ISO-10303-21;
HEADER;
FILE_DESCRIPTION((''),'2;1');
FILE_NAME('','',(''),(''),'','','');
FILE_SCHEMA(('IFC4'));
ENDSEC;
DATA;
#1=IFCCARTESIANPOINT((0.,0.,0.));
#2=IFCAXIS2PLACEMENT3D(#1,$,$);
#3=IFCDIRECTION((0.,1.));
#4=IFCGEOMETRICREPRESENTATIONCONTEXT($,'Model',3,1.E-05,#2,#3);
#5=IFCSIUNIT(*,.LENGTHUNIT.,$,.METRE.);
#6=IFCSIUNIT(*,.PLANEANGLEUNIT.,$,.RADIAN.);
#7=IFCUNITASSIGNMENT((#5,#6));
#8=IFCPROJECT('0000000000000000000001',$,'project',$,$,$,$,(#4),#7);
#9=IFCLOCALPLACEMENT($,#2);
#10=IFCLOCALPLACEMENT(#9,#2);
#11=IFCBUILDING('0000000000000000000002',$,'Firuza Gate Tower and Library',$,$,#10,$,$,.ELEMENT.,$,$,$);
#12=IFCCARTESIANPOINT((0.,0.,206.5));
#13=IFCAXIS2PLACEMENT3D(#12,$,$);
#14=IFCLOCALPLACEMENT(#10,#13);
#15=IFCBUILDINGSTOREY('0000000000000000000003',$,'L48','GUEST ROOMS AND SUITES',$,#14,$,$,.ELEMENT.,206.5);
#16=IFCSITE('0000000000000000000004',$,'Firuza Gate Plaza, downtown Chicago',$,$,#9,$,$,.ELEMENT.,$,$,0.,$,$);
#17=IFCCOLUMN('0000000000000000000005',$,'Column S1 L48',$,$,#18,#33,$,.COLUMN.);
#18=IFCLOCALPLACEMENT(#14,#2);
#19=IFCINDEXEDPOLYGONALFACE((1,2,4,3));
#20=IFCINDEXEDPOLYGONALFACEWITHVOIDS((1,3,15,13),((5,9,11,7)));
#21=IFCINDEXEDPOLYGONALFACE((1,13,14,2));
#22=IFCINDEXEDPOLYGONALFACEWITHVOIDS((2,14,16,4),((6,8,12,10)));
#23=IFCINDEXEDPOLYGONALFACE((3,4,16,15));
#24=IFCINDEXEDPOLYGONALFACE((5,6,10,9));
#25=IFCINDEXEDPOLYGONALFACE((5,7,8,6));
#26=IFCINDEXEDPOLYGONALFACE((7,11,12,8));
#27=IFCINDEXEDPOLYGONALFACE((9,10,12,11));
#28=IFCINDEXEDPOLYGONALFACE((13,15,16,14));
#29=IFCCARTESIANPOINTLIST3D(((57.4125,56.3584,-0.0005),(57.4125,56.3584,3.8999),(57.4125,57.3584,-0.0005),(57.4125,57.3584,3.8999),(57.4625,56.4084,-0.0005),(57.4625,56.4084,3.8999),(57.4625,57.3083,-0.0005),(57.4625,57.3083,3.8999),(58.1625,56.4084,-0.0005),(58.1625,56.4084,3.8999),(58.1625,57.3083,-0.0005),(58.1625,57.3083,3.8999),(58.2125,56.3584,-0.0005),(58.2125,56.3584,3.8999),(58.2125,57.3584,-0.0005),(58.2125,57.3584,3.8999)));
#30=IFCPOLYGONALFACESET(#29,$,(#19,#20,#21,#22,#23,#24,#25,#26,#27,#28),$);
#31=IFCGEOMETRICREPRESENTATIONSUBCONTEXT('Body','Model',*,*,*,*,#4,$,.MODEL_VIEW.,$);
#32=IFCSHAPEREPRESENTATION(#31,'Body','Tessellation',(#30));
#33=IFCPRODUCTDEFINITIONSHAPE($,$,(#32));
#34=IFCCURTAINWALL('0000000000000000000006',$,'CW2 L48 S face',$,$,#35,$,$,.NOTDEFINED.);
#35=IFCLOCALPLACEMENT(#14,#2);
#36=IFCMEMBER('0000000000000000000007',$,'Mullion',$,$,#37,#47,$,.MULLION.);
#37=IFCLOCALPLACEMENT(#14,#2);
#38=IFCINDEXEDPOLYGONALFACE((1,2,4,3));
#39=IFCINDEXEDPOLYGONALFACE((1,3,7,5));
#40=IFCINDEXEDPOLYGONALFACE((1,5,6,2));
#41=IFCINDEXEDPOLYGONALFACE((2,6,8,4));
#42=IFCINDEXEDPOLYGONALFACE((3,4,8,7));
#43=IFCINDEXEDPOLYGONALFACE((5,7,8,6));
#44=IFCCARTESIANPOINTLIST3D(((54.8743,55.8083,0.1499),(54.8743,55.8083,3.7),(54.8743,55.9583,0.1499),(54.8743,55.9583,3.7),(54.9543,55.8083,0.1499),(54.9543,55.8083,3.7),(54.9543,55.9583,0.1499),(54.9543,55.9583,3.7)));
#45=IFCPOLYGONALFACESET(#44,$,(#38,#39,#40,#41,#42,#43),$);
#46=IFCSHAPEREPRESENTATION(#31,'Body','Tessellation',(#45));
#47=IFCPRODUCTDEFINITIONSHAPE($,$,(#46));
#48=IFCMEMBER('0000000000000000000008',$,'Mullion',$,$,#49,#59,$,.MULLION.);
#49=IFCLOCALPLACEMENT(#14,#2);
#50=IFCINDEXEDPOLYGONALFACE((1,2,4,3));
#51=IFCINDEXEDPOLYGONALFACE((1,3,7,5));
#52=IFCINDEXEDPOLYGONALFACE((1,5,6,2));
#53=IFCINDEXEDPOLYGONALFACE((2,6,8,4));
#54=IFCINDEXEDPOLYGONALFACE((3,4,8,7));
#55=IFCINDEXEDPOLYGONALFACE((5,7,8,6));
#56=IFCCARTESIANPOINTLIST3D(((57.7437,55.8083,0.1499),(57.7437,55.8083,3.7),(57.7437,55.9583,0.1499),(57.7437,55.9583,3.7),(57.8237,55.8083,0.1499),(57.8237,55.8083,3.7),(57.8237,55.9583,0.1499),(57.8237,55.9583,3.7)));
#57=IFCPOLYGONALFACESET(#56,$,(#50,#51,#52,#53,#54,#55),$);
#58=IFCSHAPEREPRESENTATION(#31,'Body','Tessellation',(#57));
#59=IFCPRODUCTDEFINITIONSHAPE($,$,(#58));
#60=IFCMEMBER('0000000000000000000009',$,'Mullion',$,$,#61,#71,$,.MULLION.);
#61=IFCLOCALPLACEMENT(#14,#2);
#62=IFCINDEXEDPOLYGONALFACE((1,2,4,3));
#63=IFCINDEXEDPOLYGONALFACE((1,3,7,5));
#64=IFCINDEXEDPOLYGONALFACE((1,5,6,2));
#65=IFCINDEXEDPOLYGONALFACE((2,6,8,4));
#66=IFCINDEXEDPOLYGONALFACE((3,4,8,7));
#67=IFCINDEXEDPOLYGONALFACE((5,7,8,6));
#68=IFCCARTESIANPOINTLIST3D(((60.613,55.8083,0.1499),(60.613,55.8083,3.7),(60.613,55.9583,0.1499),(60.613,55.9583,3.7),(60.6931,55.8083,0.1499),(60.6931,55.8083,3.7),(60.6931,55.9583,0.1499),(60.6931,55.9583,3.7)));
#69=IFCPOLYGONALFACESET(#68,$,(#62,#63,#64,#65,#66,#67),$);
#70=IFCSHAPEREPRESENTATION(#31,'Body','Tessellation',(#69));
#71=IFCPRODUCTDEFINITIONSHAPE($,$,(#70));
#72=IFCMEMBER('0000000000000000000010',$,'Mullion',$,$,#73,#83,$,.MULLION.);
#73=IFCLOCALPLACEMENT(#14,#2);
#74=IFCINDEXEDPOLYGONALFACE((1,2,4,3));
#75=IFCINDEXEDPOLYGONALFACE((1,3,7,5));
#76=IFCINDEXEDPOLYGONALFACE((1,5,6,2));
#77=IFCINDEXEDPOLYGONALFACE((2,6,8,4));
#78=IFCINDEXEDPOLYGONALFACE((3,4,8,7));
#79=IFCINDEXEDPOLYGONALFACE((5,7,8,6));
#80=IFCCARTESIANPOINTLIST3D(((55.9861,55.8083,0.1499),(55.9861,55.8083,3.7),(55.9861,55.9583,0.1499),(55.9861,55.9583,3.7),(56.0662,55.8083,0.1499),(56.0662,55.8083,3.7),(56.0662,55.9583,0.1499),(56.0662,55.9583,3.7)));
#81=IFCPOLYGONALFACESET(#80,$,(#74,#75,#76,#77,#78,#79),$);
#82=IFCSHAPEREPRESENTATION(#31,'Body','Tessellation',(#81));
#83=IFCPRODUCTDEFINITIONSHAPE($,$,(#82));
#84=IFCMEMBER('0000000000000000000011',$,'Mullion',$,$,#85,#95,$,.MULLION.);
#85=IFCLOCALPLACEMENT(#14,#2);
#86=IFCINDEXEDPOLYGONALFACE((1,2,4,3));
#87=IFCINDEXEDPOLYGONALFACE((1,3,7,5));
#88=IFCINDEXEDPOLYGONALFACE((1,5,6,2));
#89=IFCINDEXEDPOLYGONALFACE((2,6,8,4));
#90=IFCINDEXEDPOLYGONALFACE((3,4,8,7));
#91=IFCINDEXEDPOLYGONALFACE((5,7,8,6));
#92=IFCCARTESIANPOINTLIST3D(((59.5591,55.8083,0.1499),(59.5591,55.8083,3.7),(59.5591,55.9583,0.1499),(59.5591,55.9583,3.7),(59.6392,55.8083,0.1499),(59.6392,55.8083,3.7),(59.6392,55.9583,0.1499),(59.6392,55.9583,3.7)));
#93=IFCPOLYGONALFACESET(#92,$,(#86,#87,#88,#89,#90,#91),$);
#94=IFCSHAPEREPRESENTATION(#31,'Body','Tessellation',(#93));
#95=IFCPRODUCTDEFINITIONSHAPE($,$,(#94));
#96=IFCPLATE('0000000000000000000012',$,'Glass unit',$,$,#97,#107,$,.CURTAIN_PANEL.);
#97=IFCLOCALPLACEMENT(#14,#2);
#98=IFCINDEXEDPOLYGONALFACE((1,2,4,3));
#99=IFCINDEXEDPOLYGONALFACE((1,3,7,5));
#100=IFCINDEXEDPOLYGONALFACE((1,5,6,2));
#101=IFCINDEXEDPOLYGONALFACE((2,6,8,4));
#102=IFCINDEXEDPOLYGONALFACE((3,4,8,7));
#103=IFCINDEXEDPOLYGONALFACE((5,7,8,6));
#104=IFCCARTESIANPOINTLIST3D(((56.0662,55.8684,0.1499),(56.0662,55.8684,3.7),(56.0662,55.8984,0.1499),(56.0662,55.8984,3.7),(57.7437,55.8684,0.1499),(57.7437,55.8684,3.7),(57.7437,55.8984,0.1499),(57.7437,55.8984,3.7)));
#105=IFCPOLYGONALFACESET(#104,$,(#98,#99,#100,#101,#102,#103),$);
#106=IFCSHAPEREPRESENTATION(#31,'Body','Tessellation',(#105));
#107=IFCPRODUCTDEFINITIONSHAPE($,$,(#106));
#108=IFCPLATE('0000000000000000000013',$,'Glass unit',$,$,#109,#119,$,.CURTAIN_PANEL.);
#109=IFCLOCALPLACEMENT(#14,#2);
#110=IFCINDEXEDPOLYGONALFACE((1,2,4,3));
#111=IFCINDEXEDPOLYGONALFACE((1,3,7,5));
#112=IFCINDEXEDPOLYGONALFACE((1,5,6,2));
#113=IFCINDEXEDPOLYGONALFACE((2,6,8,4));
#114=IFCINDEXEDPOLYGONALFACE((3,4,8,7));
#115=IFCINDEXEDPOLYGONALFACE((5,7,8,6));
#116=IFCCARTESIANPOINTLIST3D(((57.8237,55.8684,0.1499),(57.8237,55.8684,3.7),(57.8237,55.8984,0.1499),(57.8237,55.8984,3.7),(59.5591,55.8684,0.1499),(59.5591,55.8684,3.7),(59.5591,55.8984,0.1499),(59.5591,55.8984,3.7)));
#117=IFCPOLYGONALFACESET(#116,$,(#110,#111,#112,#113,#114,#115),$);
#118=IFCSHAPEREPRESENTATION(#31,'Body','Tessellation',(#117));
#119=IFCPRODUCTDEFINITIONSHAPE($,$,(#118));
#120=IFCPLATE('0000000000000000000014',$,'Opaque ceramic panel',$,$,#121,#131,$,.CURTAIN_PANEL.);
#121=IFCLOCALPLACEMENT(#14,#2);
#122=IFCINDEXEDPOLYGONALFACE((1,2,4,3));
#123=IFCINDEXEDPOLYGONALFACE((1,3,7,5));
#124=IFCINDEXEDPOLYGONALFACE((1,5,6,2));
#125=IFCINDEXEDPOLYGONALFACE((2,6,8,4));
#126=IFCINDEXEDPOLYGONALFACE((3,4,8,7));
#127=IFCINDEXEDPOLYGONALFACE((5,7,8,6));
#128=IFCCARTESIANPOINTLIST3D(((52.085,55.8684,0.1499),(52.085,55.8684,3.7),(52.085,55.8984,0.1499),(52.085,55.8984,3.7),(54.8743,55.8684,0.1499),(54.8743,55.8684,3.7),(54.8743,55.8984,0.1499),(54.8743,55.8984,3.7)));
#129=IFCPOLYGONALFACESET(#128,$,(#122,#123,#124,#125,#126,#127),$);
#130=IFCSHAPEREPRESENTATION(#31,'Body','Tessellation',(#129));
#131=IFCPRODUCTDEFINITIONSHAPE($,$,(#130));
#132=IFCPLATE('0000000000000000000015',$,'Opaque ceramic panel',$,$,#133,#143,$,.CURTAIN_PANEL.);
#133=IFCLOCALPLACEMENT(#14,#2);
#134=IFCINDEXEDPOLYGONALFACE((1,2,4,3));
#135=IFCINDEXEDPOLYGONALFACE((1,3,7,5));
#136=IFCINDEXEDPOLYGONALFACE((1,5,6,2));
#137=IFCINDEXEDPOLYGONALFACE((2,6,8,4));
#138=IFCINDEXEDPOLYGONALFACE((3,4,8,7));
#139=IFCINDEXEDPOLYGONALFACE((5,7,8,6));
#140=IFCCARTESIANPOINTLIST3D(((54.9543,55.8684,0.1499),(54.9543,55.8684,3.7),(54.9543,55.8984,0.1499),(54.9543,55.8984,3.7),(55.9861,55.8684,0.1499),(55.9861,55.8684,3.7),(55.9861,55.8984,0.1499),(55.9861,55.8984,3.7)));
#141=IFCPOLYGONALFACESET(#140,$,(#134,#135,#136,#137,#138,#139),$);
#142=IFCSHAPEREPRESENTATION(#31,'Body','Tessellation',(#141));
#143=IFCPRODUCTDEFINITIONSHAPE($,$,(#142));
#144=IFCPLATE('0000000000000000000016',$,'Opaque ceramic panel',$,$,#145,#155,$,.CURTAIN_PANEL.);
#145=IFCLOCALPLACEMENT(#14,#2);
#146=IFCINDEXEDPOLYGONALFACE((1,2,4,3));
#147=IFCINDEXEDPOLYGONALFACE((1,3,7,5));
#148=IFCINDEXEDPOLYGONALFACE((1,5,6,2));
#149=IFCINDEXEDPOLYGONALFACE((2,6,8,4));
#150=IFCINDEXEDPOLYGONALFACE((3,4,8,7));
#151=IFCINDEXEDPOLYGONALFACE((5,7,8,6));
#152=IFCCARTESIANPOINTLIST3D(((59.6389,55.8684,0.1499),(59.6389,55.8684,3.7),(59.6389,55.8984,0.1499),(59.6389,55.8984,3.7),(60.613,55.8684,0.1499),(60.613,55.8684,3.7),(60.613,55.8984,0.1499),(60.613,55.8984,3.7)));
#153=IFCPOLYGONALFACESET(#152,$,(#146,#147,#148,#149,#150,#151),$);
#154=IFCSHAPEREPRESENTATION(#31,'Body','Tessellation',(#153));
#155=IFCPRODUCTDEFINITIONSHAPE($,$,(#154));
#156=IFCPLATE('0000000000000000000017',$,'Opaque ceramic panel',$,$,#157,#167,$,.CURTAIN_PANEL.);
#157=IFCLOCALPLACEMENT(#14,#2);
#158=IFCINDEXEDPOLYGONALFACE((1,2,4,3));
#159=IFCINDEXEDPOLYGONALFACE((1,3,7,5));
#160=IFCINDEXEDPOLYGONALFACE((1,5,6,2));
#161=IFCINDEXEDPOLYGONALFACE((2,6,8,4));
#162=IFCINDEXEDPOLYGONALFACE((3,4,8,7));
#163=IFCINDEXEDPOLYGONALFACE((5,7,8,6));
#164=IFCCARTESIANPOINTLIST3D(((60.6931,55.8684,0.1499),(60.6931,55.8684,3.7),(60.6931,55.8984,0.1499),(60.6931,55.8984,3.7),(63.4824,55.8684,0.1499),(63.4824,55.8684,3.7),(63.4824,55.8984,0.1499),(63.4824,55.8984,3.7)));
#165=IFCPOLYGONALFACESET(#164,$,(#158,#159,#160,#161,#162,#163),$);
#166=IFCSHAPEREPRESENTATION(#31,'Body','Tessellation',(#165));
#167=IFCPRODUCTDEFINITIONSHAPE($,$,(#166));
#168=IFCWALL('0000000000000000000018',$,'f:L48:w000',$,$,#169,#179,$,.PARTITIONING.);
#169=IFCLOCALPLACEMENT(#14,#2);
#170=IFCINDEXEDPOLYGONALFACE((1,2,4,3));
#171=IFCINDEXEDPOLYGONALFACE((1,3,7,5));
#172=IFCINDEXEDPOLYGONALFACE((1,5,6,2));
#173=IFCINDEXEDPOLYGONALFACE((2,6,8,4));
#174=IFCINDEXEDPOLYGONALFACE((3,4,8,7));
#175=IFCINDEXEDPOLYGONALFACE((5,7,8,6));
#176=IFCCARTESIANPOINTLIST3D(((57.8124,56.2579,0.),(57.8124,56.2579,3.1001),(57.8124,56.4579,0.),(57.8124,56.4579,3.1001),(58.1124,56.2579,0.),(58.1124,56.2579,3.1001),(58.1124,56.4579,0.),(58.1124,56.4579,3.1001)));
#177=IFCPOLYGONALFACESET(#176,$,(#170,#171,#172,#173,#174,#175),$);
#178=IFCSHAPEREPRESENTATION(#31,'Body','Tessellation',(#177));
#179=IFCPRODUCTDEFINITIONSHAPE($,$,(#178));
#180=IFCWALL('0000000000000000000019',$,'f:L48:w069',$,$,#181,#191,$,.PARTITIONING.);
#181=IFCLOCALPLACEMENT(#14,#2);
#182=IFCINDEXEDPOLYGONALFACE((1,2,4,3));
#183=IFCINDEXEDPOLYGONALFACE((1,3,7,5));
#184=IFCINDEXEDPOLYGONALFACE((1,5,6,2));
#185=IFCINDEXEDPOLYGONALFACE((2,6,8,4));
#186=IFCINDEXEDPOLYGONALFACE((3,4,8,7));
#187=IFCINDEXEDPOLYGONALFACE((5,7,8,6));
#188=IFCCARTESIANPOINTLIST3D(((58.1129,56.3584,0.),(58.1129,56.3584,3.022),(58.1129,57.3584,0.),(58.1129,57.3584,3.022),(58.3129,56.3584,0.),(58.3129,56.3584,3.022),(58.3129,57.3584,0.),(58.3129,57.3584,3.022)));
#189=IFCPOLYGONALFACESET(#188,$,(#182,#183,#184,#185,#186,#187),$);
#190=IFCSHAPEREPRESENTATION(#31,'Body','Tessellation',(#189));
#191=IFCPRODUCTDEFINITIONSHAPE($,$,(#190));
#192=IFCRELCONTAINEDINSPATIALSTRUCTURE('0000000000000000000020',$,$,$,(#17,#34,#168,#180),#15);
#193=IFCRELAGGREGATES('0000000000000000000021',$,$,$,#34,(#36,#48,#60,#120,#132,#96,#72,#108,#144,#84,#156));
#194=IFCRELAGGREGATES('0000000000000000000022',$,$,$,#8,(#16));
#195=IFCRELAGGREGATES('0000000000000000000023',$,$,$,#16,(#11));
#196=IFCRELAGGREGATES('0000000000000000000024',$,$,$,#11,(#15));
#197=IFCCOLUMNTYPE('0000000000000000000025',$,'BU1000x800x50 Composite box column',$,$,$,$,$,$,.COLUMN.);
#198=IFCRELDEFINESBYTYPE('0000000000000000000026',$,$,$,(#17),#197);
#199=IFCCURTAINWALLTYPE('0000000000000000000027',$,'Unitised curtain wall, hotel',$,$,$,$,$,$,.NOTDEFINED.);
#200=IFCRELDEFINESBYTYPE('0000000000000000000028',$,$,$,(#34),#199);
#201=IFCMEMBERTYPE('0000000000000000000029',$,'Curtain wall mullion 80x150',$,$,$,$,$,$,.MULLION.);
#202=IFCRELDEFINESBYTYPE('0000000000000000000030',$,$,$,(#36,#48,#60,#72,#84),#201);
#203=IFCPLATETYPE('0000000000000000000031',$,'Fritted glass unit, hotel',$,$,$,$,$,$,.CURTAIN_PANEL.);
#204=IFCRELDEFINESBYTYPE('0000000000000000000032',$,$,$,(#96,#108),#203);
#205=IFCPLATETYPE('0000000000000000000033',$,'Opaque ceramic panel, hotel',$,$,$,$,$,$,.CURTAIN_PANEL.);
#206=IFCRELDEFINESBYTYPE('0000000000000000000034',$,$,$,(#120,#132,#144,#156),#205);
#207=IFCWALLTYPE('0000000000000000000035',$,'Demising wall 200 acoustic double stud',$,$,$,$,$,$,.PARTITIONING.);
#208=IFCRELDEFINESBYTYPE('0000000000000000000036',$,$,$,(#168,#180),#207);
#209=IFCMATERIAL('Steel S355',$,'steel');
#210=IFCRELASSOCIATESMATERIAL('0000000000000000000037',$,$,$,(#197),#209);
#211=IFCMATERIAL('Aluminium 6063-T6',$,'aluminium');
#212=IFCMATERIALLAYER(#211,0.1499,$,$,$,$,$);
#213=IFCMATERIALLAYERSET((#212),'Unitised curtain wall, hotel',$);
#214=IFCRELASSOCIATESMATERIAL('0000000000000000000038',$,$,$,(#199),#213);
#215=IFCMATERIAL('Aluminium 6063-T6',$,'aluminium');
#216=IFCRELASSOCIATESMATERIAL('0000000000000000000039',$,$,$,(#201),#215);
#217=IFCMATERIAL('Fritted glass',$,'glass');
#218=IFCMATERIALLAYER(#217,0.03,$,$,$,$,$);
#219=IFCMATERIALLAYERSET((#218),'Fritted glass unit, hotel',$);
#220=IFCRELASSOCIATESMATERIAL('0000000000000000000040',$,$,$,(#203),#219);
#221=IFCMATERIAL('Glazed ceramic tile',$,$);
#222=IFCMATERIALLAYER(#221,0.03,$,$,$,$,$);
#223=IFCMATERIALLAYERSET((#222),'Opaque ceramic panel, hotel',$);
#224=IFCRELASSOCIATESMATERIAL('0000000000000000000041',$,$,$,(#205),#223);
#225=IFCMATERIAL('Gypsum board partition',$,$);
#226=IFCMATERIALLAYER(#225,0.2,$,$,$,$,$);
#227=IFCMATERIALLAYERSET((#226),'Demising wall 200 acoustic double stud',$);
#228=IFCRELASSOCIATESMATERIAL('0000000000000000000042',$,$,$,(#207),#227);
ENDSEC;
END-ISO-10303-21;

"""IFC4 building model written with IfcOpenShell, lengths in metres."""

from ifc_helpers import new_model, si_unit, direction, frame, frame_2d, origin, origin_2d, place, context, subcontext, project, spatial, polyline, rectangle, hollow_rectangle, outline, extrude, material, layer, layer_set, material_profile, profile_set, type_object, element, aggregate, save


model = new_model("IFC4")

# Units and contexts
model_context = context("Model", 3, precision=1e-05, world=origin(), true_north=direction((0.0, 1.0)))
body_context = subcontext(model_context, "Body", "Model", "MODEL_VIEW")
ifc_project = project(units=[si_unit("LENGTHUNIT", "METRE"), si_unit("PLANEANGLEUNIT", "RADIAN")], contexts=[model_context])

# Site, building, storey
site_placement = place(None, origin())
site = spatial("IfcSite", under=ifc_project, at=site_placement, Name="Firuza Gate Plaza, downtown Chicago", CompositionType="ELEMENT", RefElevation=0.0)
building_placement = place(site_placement, origin())
building = spatial("IfcBuilding", under=site, at=building_placement, Name="Firuza Gate Tower and Library", CompositionType="ELEMENT")
storey_placement = place(building_placement, frame((0.0, 0.0, 206.5)))
storey = spatial("IfcBuildingStorey", under=building, at=storey_placement, Name="L48", Description="GUEST ROOMS AND SUITES", CompositionType="ELEMENT", Elevation=206.5)

# Column
ifc_material_1 = material(Name="Steel S355", Category="steel")
ifc_material_profile_1 = material_profile(ifc_material_1, hollow_rectangle(XDim=0.8, YDim=1.0, WallThickness=0.05, at=origin_2d()))
ifc_profile_set_1 = profile_set([ifc_material_profile_1], Name="Steel S355")
column_type = type_object("IfcColumnType", Name="BU1000x800x50 Composite box column", PredefinedType="COLUMN", material=ifc_profile_set_1)
column_placement = place(storey_placement, frame((57.8125, 56.8584, -0.0005), z_axis=(0.0, 0.0, 1.0), x_axis=(1.0, 0.0, 0.0)))
element("IfcColumn", 1, at=column_placement, inside=storey, type_object=column_type, Name="Column S1 L48", PredefinedType="COLUMN", context=body_context, shape_type="SweptSolid", body=[
    extrude(hollow_rectangle(XDim=0.8, YDim=1.0, WallThickness=0.05, at=origin_2d()), origin(), (0.0, 0.0, 1.0), 3.9004),
])

# Curtain wall, members, plates
ifc_material_2 = material(Name="Aluminium 6063-T6", Category="aluminium")
ifc_layer_1 = layer(ifc_material_2, 0.1499)
ifc_layer_set_1 = layer_set([ifc_layer_1], Name="Unitised curtain wall, hotel")
curtain_wall_type = type_object("IfcCurtainWallType", Name="Unitised curtain wall, hotel", PredefinedType="NOTDEFINED", material=ifc_layer_set_1)
curtain_wall_placement = place(storey_placement, origin())
curtain_wall = element("IfcCurtainWall", 2, at=curtain_wall_placement, inside=storey, type_object=curtain_wall_type, Name="CW2 L48 S face", PredefinedType="NOTDEFINED")
ifc_material_3 = material(Name="Aluminium 6063-T6", Category="aluminium")
ifc_material_profile_2 = material_profile(ifc_material_3, rectangle(XDim=0.1499, YDim=0.0801, at=origin_2d()))
ifc_profile_set_2 = profile_set([ifc_material_profile_2], Name="Aluminium 6063-T6")
member_type = type_object("IfcMemberType", Name="Curtain wall mullion 80x150", PredefinedType="MULLION", material=ifc_profile_set_2)
member_1_placement = place(storey_placement, frame((54.9143, 55.8833, 0.1499), z_axis=(0.0, 0.0, 1.0), x_axis=(0.0, 1.0, 0.0)))
member_1 = element("IfcMember", 3, at=member_1_placement, type_object=member_type, Name="Mullion", PredefinedType="MULLION", context=body_context, shape_type="SweptSolid", body=[
    extrude(rectangle(XDim=0.1499, YDim=0.0801, at=origin_2d()), origin(), (0.0, 0.0, 1.0), 3.55),
])
member_2_placement = place(storey_placement, frame((57.7837, 55.8833, 0.1499), z_axis=(0.0, 0.0, 1.0), x_axis=(0.0, 1.0, 0.0)))
member_2 = element("IfcMember", 4, at=member_2_placement, type_object=member_type, Name="Mullion", PredefinedType="MULLION", context=body_context, shape_type="SweptSolid", body=[
    extrude(rectangle(XDim=0.1499, YDim=0.0801, at=origin_2d()), origin(), (0.0, 0.0, 1.0), 3.55),
])
member_3_placement = place(storey_placement, frame((60.6531, 55.8833, 0.1499), z_axis=(0.0, 0.0, 1.0), x_axis=(0.0, 1.0, 0.0)))
member_3 = element("IfcMember", 5, at=member_3_placement, type_object=member_type, Name="Mullion", PredefinedType="MULLION", context=body_context, shape_type="SweptSolid", body=[
    extrude(rectangle(XDim=0.1499, YDim=0.0801, at=origin_2d()), origin(), (0.0, 0.0, 1.0), 3.55),
])
member_4_placement = place(storey_placement, frame((56.0261, 55.8833, 0.1499), z_axis=(0.0, 0.0, 1.0), x_axis=(0.0, 1.0, 0.0)))
member_4 = element("IfcMember", 6, at=member_4_placement, type_object=member_type, Name="Mullion", PredefinedType="MULLION", context=body_context, shape_type="SweptSolid", body=[
    extrude(rectangle(XDim=0.1499, YDim=0.0801, at=origin_2d()), origin(), (0.0, 0.0, 1.0), 3.55),
])
member_5_placement = place(storey_placement, frame((59.5991, 55.8833, 0.1499), z_axis=(0.0, 0.0, 1.0), x_axis=(0.0, 1.0, 0.0)))
member_5 = element("IfcMember", 7, at=member_5_placement, type_object=member_type, Name="Mullion", PredefinedType="MULLION", context=body_context, shape_type="SweptSolid", body=[
    extrude(rectangle(XDim=0.1499, YDim=0.0801, at=origin_2d()), origin(), (0.0, 0.0, 1.0), 3.55),
])
ifc_material_4 = material(Name="Fritted glass", Category="glass")
ifc_layer_2 = layer(ifc_material_4, 0.03)
ifc_layer_set_2 = layer_set([ifc_layer_2], Name="Fritted glass unit, hotel")
plate_type_1 = type_object("IfcPlateType", Name="Fritted glass unit, hotel", PredefinedType="CURTAIN_PANEL", material=ifc_layer_set_2)
plate_1_placement = place(storey_placement, frame((56.0662, 55.8684, 0.1499), z_axis=(0.0, -1.0, 0.0), x_axis=(1.0, 0.0, 0.0)))
plate_1 = element("IfcPlate", 8, at=plate_1_placement, type_object=plate_type_1, Name="Glass unit", PredefinedType="CURTAIN_PANEL", context=body_context, shape_type="SweptSolid", body=[
    extrude(outline(polyline([(0.0, 0.0), (1.6775, 0.0), (1.6775, 3.55), (0.0, 3.55), (0.0, 0.0)])), origin(), (0.0, 0.0, -1.0), 0.03),
])
plate_2_placement = place(storey_placement, frame((57.8237, 55.8684, 0.1499), z_axis=(0.0, -1.0, 0.0), x_axis=(1.0, 0.0, 0.0)))
plate_2 = element("IfcPlate", 9, at=plate_2_placement, type_object=plate_type_1, Name="Glass unit", PredefinedType="CURTAIN_PANEL", context=body_context, shape_type="SweptSolid", body=[
    extrude(outline(polyline([(0.0, 0.0), (1.7354, 0.0), (1.7354, 3.55), (0.0, 3.55), (0.0, 0.0)])), origin(), (0.0, 0.0, -1.0), 0.03),
])
ifc_material_5 = material(Name="Glazed ceramic tile")
ifc_layer_3 = layer(ifc_material_5, 0.03)
ifc_layer_set_3 = layer_set([ifc_layer_3], Name="Opaque ceramic panel, hotel")
plate_type_2 = type_object("IfcPlateType", Name="Opaque ceramic panel, hotel", PredefinedType="CURTAIN_PANEL", material=ifc_layer_set_3)
plate_3_placement = place(storey_placement, frame((52.085, 55.8684, 0.1499), z_axis=(0.0, -1.0, 0.0), x_axis=(1.0, 0.0, 0.0)))
plate_3 = element("IfcPlate", 10, at=plate_3_placement, type_object=plate_type_2, Name="Opaque ceramic panel", PredefinedType="CURTAIN_PANEL", context=body_context, shape_type="SweptSolid", body=[
    extrude(outline(polyline([(0.0, 0.0), (2.7893, 0.0), (2.7893, 3.55), (0.0, 3.55), (0.0, 0.0)])), origin(), (0.0, 0.0, -1.0), 0.03),
])
plate_4_placement = place(storey_placement, frame((54.9543, 55.8684, 0.1499), z_axis=(0.0, -1.0, 0.0), x_axis=(1.0, 0.0, 0.0)))
plate_4 = element("IfcPlate", 11, at=plate_4_placement, type_object=plate_type_2, Name="Opaque ceramic panel", PredefinedType="CURTAIN_PANEL", context=body_context, shape_type="SweptSolid", body=[
    extrude(outline(polyline([(0.0, 0.0), (1.0317, 0.0), (1.0317, 3.55), (0.0, 3.55), (0.0, 0.0)])), origin(), (0.0, 0.0, -1.0), 0.03),
])
plate_5_placement = place(storey_placement, frame((59.6389, 55.8684, 0.1499), z_axis=(0.0, -1.0, 0.0), x_axis=(1.0, 0.0, 0.0)))
plate_5 = element("IfcPlate", 12, at=plate_5_placement, type_object=plate_type_2, Name="Opaque ceramic panel", PredefinedType="CURTAIN_PANEL", context=body_context, shape_type="SweptSolid", body=[
    extrude(outline(polyline([(0.0, 0.0), (0.9741, 0.0), (0.9741, 3.55), (0.0, 3.55), (0.0, 0.0)])), origin(), (0.0, 0.0, -1.0), 0.03),
])
plate_6_placement = place(storey_placement, frame((60.6931, 55.8684, 0.1499), z_axis=(0.0, -1.0, 0.0), x_axis=(1.0, 0.0, 0.0)))
plate_6 = element("IfcPlate", 13, at=plate_6_placement, type_object=plate_type_2, Name="Opaque ceramic panel", PredefinedType="CURTAIN_PANEL", context=body_context, shape_type="SweptSolid", body=[
    extrude(outline(polyline([(0.0, 0.0), (2.7893, 0.0), (2.7893, 3.55), (0.0, 3.55), (0.0, 0.0)])), origin(), (0.0, 0.0, -1.0), 0.03),
])
aggregate(curtain_wall, [member_1, member_2, member_3, plate_3, plate_4, plate_1, member_4, plate_2, plate_5, member_5, plate_6])

# Walls
ifc_material_6 = material(Name="Gypsum board partition")
ifc_layer_4 = layer(ifc_material_6, 0.2)
ifc_layer_set_4 = layer_set([ifc_layer_4], Name="Demising wall 200 acoustic double stud")
wall_type = type_object("IfcWallType", Name="Demising wall 200 acoustic double stud", PredefinedType="PARTITIONING", material=ifc_layer_set_4)
wall_1_placement = place(storey_placement, frame((57.8125, 56.3579, 0.0), z_axis=(0.0, 0.0, 1.0), x_axis=(1.0, 0.0, 0.0)))
element("IfcWall", 14, at=wall_1_placement, inside=storey, type_object=wall_type, Name="f:L48:w000", PredefinedType="PARTITIONING", context=body_context, shape_type="SweptSolid", body=[
    extrude(rectangle(XDim=0.3, YDim=0.2, at=frame_2d((0.1499, 0.0))), origin(), (0.0, 0.0, 1.0), 3.1001),
])
wall_2_placement = place(storey_placement, frame((58.2129, 56.3584, 0.0), z_axis=(0.0, 0.0, 1.0), x_axis=(0.0, 1.0, 0.0)))
element("IfcWall", 15, at=wall_2_placement, inside=storey, type_object=wall_type, Name="f:L48:w069", PredefinedType="PARTITIONING", context=body_context, shape_type="SweptSolid", body=[
    extrude(rectangle(XDim=1.0, YDim=0.2, at=frame_2d((0.5, 0.0))), origin(), (0.0, 0.0, 1.0), 3.022),
])

save(model, "model.ifc")
